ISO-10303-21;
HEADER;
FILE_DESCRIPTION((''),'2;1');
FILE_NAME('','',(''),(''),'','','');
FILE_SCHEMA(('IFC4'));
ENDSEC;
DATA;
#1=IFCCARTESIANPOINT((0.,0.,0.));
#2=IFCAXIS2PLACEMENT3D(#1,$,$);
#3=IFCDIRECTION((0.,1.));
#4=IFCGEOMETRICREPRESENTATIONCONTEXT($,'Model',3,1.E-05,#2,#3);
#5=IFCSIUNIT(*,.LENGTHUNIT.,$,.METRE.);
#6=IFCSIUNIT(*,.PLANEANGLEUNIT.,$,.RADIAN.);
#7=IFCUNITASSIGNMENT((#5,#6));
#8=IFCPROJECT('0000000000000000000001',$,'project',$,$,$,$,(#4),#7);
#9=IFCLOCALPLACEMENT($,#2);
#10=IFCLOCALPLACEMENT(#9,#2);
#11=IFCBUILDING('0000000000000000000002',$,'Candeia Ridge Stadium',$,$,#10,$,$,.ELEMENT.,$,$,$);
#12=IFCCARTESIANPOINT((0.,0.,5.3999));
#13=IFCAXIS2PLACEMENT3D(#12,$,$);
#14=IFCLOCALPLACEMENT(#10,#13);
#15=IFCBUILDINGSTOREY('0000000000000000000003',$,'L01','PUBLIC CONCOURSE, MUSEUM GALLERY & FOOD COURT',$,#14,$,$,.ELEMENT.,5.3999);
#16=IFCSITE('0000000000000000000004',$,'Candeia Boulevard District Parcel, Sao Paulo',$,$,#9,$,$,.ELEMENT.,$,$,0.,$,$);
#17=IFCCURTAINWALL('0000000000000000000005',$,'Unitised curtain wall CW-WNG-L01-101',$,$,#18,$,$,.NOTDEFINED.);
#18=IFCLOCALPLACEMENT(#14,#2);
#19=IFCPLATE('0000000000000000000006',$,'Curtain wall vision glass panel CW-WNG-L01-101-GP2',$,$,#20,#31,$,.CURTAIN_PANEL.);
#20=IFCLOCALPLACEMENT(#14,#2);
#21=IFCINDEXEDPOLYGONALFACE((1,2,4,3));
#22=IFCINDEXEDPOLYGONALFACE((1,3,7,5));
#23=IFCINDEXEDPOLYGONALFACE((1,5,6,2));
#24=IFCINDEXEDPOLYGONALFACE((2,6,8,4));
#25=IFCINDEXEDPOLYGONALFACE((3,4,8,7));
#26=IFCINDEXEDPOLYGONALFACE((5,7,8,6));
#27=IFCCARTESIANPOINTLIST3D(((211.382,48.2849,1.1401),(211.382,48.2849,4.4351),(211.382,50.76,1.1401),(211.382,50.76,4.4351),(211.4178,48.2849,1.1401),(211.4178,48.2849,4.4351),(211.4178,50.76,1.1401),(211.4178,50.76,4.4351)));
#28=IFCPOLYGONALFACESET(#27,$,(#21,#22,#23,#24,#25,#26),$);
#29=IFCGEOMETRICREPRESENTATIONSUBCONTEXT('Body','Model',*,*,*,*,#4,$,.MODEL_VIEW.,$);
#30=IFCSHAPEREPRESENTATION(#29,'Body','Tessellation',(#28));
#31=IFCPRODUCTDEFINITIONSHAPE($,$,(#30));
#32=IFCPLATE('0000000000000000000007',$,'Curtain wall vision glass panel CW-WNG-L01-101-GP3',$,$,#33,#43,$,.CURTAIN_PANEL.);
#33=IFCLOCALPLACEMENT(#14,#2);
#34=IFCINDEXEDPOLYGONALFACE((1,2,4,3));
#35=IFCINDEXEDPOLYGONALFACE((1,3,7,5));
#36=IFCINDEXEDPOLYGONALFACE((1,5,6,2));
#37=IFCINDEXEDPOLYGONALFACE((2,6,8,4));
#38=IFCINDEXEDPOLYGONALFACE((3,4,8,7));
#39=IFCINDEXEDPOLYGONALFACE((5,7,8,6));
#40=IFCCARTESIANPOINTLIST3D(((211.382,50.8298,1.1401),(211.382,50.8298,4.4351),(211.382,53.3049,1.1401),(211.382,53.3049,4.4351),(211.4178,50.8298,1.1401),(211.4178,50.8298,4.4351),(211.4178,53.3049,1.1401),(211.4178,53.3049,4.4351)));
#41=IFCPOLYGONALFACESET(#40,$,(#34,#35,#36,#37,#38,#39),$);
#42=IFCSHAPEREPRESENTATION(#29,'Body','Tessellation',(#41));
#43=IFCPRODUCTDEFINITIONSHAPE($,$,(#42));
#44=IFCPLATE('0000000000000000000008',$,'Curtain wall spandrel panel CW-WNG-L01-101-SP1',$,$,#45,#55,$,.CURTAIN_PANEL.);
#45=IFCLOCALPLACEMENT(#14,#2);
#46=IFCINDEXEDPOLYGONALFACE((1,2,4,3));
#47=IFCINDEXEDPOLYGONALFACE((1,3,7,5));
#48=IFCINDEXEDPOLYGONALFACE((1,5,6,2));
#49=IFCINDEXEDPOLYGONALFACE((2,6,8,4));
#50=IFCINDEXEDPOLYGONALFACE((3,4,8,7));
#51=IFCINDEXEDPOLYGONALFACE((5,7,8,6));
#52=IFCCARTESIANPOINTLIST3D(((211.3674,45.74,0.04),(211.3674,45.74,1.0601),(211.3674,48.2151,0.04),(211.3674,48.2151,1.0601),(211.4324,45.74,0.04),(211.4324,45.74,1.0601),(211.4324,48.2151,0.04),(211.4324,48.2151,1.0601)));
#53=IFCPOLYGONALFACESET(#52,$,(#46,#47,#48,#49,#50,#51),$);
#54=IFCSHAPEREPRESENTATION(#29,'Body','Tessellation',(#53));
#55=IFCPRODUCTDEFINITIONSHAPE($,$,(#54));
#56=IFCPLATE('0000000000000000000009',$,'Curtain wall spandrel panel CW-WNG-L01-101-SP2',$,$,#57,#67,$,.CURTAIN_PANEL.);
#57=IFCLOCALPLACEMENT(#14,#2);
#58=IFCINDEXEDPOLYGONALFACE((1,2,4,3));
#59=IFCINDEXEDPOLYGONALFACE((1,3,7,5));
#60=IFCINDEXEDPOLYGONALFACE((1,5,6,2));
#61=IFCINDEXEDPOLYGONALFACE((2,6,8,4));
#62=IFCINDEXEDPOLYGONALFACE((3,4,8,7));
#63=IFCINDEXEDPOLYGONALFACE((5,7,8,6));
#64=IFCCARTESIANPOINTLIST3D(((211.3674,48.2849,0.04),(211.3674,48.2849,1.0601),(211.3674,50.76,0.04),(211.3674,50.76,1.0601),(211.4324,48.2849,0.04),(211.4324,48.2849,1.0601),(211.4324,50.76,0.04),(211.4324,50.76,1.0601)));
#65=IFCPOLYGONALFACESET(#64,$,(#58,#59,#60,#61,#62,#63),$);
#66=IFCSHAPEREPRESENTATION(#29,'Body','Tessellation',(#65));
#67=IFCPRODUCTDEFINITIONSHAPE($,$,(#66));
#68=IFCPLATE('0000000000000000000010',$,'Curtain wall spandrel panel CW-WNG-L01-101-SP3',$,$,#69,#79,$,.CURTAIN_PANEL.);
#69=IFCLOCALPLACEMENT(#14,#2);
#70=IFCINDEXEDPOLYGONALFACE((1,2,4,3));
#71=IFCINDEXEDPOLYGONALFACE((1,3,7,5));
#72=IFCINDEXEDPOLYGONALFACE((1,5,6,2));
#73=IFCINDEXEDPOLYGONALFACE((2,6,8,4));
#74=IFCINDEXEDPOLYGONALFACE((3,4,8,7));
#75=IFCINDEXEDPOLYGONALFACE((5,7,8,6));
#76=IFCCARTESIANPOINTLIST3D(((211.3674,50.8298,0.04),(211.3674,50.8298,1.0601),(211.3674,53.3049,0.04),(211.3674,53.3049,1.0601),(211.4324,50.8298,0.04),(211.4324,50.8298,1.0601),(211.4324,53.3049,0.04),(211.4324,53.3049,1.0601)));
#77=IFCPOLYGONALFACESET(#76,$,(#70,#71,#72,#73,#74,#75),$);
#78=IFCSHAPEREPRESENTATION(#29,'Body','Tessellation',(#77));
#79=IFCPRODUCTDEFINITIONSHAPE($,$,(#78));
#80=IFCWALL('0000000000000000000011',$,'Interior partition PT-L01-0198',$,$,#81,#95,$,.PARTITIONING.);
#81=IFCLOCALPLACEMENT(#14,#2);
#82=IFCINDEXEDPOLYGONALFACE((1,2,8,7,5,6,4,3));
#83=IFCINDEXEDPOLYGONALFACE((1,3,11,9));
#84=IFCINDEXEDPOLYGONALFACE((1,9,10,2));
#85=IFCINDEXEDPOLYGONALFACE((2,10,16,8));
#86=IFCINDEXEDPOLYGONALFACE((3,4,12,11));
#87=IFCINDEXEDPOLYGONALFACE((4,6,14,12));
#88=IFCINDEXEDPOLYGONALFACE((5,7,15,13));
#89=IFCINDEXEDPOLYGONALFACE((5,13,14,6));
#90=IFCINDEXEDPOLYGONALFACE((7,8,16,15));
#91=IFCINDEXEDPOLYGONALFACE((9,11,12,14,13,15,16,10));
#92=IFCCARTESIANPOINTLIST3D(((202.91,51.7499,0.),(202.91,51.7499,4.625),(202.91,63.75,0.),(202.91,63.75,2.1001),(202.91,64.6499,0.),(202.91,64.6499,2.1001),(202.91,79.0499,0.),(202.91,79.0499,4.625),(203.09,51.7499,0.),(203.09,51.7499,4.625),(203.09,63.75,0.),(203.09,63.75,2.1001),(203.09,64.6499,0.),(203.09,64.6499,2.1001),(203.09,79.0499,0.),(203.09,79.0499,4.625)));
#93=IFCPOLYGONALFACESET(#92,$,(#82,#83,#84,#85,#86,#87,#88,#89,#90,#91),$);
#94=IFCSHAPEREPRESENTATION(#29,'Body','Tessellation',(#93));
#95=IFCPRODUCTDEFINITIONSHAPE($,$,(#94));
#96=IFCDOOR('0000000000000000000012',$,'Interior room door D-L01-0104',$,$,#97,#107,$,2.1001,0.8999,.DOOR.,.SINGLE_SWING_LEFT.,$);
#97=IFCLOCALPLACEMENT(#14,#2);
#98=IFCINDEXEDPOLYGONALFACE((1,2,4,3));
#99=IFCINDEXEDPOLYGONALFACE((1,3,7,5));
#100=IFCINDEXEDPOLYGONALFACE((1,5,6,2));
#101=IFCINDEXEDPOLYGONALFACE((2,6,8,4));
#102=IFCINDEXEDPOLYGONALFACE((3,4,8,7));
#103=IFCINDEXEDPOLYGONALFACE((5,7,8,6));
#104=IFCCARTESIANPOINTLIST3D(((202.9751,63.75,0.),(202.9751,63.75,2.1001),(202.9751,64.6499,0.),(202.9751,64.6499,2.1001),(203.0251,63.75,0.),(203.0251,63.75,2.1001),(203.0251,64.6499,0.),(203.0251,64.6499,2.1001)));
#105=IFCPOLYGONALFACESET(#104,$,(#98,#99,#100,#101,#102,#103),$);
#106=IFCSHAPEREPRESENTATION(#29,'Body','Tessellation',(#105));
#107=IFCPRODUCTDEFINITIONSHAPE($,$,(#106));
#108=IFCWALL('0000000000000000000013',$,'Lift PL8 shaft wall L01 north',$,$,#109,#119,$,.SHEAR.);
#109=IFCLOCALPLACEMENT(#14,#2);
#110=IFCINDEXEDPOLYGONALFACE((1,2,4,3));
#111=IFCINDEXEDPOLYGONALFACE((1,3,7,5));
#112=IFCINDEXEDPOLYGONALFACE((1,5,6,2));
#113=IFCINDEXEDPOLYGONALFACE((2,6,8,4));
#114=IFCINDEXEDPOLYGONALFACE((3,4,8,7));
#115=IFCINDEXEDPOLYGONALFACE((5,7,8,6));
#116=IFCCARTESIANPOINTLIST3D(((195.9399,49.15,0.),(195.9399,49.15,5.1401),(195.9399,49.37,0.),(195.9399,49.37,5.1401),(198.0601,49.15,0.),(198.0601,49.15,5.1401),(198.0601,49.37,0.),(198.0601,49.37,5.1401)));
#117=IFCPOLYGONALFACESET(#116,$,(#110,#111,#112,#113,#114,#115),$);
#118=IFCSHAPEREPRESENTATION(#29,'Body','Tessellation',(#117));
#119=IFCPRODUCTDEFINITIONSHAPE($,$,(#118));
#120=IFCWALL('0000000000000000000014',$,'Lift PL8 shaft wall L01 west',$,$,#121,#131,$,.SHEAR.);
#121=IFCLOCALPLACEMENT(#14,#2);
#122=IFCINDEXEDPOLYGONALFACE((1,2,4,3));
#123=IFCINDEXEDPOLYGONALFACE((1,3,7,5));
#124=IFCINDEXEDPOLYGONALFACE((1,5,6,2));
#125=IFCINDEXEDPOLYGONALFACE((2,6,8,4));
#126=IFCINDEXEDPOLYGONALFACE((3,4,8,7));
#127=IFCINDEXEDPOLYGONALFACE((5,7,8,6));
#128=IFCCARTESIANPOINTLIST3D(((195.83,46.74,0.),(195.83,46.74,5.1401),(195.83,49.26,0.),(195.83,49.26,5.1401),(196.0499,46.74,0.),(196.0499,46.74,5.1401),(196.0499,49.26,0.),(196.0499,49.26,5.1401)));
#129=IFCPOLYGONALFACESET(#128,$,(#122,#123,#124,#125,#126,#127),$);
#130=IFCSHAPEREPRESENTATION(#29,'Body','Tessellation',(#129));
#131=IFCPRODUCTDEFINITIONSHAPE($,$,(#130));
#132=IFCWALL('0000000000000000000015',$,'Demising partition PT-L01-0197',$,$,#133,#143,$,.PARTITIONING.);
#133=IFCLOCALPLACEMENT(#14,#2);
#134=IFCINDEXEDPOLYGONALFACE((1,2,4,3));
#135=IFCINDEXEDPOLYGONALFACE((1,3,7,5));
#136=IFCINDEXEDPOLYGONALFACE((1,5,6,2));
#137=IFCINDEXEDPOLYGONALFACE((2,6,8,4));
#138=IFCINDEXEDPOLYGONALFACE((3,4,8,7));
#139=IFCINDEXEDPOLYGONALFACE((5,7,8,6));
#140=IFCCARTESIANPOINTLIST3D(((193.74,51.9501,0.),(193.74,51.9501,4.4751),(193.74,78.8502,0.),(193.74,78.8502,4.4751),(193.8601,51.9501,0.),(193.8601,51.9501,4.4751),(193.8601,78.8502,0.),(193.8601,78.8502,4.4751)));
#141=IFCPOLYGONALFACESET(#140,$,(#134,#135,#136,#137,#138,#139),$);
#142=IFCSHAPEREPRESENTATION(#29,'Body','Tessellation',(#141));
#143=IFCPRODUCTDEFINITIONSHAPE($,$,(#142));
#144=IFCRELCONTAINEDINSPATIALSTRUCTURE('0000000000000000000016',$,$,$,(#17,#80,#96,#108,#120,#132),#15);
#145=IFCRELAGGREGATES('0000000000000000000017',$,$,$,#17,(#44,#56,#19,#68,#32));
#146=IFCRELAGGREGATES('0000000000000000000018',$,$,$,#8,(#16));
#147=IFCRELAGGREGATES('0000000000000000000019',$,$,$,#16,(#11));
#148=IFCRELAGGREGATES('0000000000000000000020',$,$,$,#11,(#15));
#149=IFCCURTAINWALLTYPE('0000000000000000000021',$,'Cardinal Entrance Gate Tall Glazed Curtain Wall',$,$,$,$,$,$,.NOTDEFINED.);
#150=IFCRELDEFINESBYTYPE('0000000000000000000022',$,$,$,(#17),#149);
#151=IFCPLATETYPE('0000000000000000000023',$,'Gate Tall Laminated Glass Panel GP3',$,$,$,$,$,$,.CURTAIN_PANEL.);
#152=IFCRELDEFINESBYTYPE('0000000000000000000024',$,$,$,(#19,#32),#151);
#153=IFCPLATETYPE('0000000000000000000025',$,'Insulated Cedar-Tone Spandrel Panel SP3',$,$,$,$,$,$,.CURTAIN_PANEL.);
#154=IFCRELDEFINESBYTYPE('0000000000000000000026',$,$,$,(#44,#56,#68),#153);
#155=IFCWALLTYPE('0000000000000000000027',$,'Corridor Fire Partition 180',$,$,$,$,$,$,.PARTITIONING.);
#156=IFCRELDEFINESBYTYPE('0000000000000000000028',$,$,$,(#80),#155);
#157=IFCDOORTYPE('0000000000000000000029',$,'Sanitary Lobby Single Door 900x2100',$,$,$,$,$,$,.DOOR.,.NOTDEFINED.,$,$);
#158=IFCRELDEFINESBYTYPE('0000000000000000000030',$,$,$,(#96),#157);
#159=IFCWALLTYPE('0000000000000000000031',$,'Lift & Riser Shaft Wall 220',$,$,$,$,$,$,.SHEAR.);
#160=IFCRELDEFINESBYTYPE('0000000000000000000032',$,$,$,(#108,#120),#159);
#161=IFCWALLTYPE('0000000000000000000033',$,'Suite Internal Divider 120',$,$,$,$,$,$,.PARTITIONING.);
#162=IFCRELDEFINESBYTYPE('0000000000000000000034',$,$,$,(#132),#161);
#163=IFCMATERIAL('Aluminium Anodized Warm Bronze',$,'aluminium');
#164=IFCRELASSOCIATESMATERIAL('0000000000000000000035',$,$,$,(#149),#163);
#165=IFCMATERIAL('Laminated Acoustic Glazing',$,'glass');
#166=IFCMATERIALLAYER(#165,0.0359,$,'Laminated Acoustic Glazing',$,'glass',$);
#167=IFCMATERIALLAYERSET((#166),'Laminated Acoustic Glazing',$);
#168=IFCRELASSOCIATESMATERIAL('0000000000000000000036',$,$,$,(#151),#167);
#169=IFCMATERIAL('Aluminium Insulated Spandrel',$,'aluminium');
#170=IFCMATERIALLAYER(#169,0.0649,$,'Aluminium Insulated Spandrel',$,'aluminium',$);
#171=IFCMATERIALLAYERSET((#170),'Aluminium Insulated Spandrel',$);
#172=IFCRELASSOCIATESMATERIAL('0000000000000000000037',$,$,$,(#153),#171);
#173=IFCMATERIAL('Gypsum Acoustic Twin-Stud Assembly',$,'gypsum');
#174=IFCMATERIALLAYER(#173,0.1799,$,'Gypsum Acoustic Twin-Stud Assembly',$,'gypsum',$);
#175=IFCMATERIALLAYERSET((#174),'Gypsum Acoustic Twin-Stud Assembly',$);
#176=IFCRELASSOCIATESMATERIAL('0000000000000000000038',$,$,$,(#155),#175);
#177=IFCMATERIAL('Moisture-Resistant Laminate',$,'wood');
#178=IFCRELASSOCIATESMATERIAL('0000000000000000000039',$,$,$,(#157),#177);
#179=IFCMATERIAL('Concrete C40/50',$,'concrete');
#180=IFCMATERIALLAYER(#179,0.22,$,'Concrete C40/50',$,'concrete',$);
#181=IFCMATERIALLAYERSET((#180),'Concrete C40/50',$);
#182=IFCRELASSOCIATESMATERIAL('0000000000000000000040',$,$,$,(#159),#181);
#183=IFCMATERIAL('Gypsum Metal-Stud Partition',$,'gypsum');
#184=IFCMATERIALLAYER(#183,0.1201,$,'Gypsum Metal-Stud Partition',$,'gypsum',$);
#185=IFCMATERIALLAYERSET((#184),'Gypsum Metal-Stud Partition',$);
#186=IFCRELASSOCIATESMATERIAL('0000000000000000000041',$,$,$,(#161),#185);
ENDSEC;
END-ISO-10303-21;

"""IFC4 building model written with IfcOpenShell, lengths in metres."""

from ifc_helpers import new_model, si_unit, direction, frame, frame_2d, origin, origin_2d, place, context, subcontext, project, spatial, rectangle, extrude, material, layer, layer_set, type_object, element, fill, aggregate, save


model = new_model("IFC4")

# Units and contexts
model_context = context("Model", 3, precision=1e-05, world=origin(), true_north=direction((0.0, 1.0)))
body_context = subcontext(model_context, "Body", "Model", "MODEL_VIEW")
ifc_project = project(units=[si_unit("LENGTHUNIT", "METRE"), si_unit("PLANEANGLEUNIT", "RADIAN")], contexts=[model_context])

# Site, building, storey
site_placement = place(None, origin())
site = spatial("IfcSite", under=ifc_project, at=site_placement, Name="Candeia Boulevard District Parcel, Sao Paulo", CompositionType="ELEMENT", RefElevation=0.0)
building_placement = place(site_placement, origin())
building = spatial("IfcBuilding", under=site, at=building_placement, Name="Candeia Ridge Stadium", CompositionType="ELEMENT")
storey_placement = place(building_placement, frame((0.0, 0.0, 5.3999)))
storey = spatial("IfcBuildingStorey", under=building, at=storey_placement, Name="L01", Description="PUBLIC CONCOURSE, MUSEUM GALLERY & FOOD COURT", CompositionType="ELEMENT", Elevation=5.3999)

# Curtain wall
ifc_material_1 = material(Name="Aluminium Anodized Warm Bronze", Category="aluminium")
curtain_wall_type = type_object("IfcCurtainWallType", Name="Cardinal Entrance Gate Tall Glazed Curtain Wall", PredefinedType="NOTDEFINED", material=ifc_material_1)
curtain_wall_placement = place(storey_placement, origin())
curtain_wall = element("IfcCurtainWall", 1, at=curtain_wall_placement, inside=storey, type_object=curtain_wall_type, Name="Unitised curtain wall CW-WNG-L01-101", PredefinedType="NOTDEFINED")

# Shared definitions
ifc_material_2 = material(Name="Concrete C40/50", Category="concrete")

# Plates
ifc_material_3 = material(Name="Laminated Acoustic Glazing", Category="glass")
ifc_layer_1 = layer(ifc_material_3, 0.0359, Name="Laminated Acoustic Glazing", Category="glass")
ifc_layer_set_1 = layer_set([ifc_layer_1], Name="Laminated Acoustic Glazing")
plate_type_1 = type_object("IfcPlateType", Name="Gate Tall Laminated Glass Panel GP3", PredefinedType="CURTAIN_PANEL", material=ifc_layer_set_1)
plate_1_placement = place(storey_placement, frame((211.3999, 49.5225, 1.1401), z_axis=(0.0, 0.0, 1.0), x_axis=(0.0, 1.0, 0.0)))
plate_1 = element("IfcPlate", 2, at=plate_1_placement, type_object=plate_type_1, Name="Curtain wall vision glass panel CW-WNG-L01-101-GP2", PredefinedType="CURTAIN_PANEL", context=body_context, shape_type="SweptSolid", body=[
    extrude(rectangle(XDim=2.4751, YDim=0.0359, at=origin_2d()), origin(), (0.0, 0.0, 1.0), 3.2949),
])
plate_2_placement = place(storey_placement, frame((211.3999, 52.0674, 1.1401), z_axis=(0.0, 0.0, 1.0), x_axis=(0.0, 1.0, 0.0)))
plate_2 = element("IfcPlate", 3, at=plate_2_placement, type_object=plate_type_1, Name="Curtain wall vision glass panel CW-WNG-L01-101-GP3", PredefinedType="CURTAIN_PANEL", context=body_context, shape_type="SweptSolid", body=[
    extrude(rectangle(XDim=2.4751, YDim=0.0359, at=origin_2d()), origin(), (0.0, 0.0, 1.0), 3.2949),
])
ifc_material_4 = material(Name="Aluminium Insulated Spandrel", Category="aluminium")
ifc_layer_2 = layer(ifc_material_4, 0.0649, Name="Aluminium Insulated Spandrel", Category="aluminium")
ifc_layer_set_2 = layer_set([ifc_layer_2], Name="Aluminium Insulated Spandrel")
plate_type_2 = type_object("IfcPlateType", Name="Insulated Cedar-Tone Spandrel Panel SP3", PredefinedType="CURTAIN_PANEL", material=ifc_layer_set_2)
plate_3_placement = place(storey_placement, frame((211.3999, 46.9775, 0.04), z_axis=(0.0, 0.0, 1.0), x_axis=(0.0, 1.0, 0.0)))
plate_3 = element("IfcPlate", 4, at=plate_3_placement, type_object=plate_type_2, Name="Curtain wall spandrel panel CW-WNG-L01-101-SP1", PredefinedType="CURTAIN_PANEL", context=body_context, shape_type="SweptSolid", body=[
    extrude(rectangle(XDim=2.4751, YDim=0.0649, at=origin_2d()), origin(), (0.0, 0.0, 1.0), 1.02),
])
plate_4_placement = place(storey_placement, frame((211.3999, 49.5225, 0.04), z_axis=(0.0, 0.0, 1.0), x_axis=(0.0, 1.0, 0.0)))
plate_4 = element("IfcPlate", 5, at=plate_4_placement, type_object=plate_type_2, Name="Curtain wall spandrel panel CW-WNG-L01-101-SP2", PredefinedType="CURTAIN_PANEL", context=body_context, shape_type="SweptSolid", body=[
    extrude(rectangle(XDim=2.4751, YDim=0.0649, at=origin_2d()), origin(), (0.0, 0.0, 1.0), 1.02),
])
plate_5_placement = place(storey_placement, frame((211.3999, 52.0674, 0.04), z_axis=(0.0, 0.0, 1.0), x_axis=(0.0, 1.0, 0.0)))
plate_5 = element("IfcPlate", 6, at=plate_5_placement, type_object=plate_type_2, Name="Curtain wall spandrel panel CW-WNG-L01-101-SP3", PredefinedType="CURTAIN_PANEL", context=body_context, shape_type="SweptSolid", body=[
    extrude(rectangle(XDim=2.4751, YDim=0.0649, at=origin_2d()), origin(), (0.0, 0.0, 1.0), 1.02),
])
aggregate(curtain_wall, [plate_3, plate_4, plate_1, plate_5, plate_2])

# Wall, opening, door
ifc_material_5 = material(Name="Gypsum Acoustic Twin-Stud Assembly", Category="gypsum")
ifc_layer_3 = layer(ifc_material_5, 0.1799, Name="Gypsum Acoustic Twin-Stud Assembly", Category="gypsum")
ifc_layer_set_3 = layer_set([ifc_layer_3], Name="Gypsum Acoustic Twin-Stud Assembly")
wall_type_1 = type_object("IfcWallType", Name="Corridor Fire Partition 180", PredefinedType="PARTITIONING", material=ifc_layer_set_3)
wall_1_placement = place(storey_placement, frame((203.0, 51.75, 0.0), z_axis=(0.0, 0.0, 1.0), x_axis=(0.0, 1.0, 0.0)))
wall_1 = element("IfcWall", 7, at=wall_1_placement, inside=storey, type_object=wall_type_1, Name="Interior partition PT-L01-0198", PredefinedType="PARTITIONING", context=body_context, shape_type="SweptSolid", body=[
    extrude(rectangle(XDim=27.3, YDim=0.1799, at=frame_2d((13.6499, 0.0))), origin(), (0.0, 0.0, 1.0), 4.625),
])
opening_placement = place(wall_1_placement, frame((12.0, 0.0, 0.0)))
opening = element("IfcOpeningElement", 8, at=opening_placement, cuts=wall_1, PredefinedType="OPENING", context=body_context, shape_type="SweptSolid", body=[
    extrude(rectangle(XDim=0.8999, YDim=2.1001, at=frame_2d((0.45, 1.05))), frame((0.0, 0.0999, 0.0), z_axis=(0.0, -1.0, 0.0), x_axis=(1.0, 0.0, 0.0)), (0.0, 0.0, 1.0), 0.2),
])
ifc_material_6 = material(Name="Moisture-Resistant Laminate", Category="wood")
door_type = type_object("IfcDoorType", Name="Sanitary Lobby Single Door 900x2100", OperationType="NOTDEFINED", PredefinedType="DOOR", material=ifc_material_6)
door_placement = place(opening_placement, origin())
door = element("IfcDoor", 9, at=door_placement, inside=storey, type_object=door_type, Name="Interior room door D-L01-0104", OperationType="SINGLE_SWING_LEFT", OverallHeight=2.1001, OverallWidth=0.8999, PredefinedType="DOOR", context=body_context, shape_type="SweptSolid", body=[
    extrude(rectangle(XDim=0.8999, YDim=2.1001, at=frame_2d((0.45, 1.05))), frame((0.0, 0.0249, 0.0), z_axis=(0.0, -1.0, 0.0), x_axis=(1.0, 0.0, 0.0)), (0.0, 0.0, 1.0), 0.05),
])
fill(opening, door)

# Walls
ifc_layer_4 = layer(ifc_material_2, 0.22, Name="Concrete C40/50", Category="concrete")
ifc_layer_set_4 = layer_set([ifc_layer_4], Name="Concrete C40/50")
wall_type_2 = type_object("IfcWallType", Name="Lift & Riser Shaft Wall 220", PredefinedType="SHEAR", material=ifc_layer_set_4)
wall_2_placement = place(storey_placement, frame((198.0601, 49.26, 0.0), z_axis=(0.0, 0.0, 1.0), x_axis=(-1.0, 0.0, 0.0)))
element("IfcWall", 10, at=wall_2_placement, inside=storey, type_object=wall_type_2, Name="Lift PL8 shaft wall L01 north", PredefinedType="SHEAR", context=body_context, shape_type="SweptSolid", body=[
    extrude(rectangle(XDim=2.1201, YDim=0.22, at=frame_2d((1.0601, 0.0))), origin(), (0.0, 0.0, 1.0), 5.1401),
])
wall_3_placement = place(storey_placement, frame((195.9399, 49.26, 0.0), z_axis=(0.0, 0.0, 1.0), x_axis=(0.0, -1.0, 0.0)))
element("IfcWall", 11, at=wall_3_placement, inside=storey, type_object=wall_type_2, Name="Lift PL8 shaft wall L01 west", PredefinedType="SHEAR", context=body_context, shape_type="SweptSolid", body=[
    extrude(rectangle(XDim=2.52, YDim=0.22, at=frame_2d((1.26, 0.0))), origin(), (0.0, 0.0, 1.0), 5.1401),
])
ifc_material_7 = material(Name="Gypsum Metal-Stud Partition", Category="gypsum")
ifc_layer_5 = layer(ifc_material_7, 0.1201, Name="Gypsum Metal-Stud Partition", Category="gypsum")
ifc_layer_set_5 = layer_set([ifc_layer_5], Name="Gypsum Metal-Stud Partition")
wall_type_3 = type_object("IfcWallType", Name="Suite Internal Divider 120", PredefinedType="PARTITIONING", material=ifc_layer_set_5)
wall_4_placement = place(storey_placement, frame((193.8, 51.95, 0.0), z_axis=(0.0, 0.0, 1.0), x_axis=(0.0, 1.0, 0.0)))
element("IfcWall", 12, at=wall_4_placement, inside=storey, type_object=wall_type_3, Name="Demising partition PT-L01-0197", PredefinedType="PARTITIONING", context=body_context, shape_type="SweptSolid", body=[
    extrude(rectangle(XDim=26.9001, YDim=0.1201, at=frame_2d((13.4502, 0.0))), origin(), (0.0, 0.0, 1.0), 4.4751),
])

save(model, "model.ifc")
